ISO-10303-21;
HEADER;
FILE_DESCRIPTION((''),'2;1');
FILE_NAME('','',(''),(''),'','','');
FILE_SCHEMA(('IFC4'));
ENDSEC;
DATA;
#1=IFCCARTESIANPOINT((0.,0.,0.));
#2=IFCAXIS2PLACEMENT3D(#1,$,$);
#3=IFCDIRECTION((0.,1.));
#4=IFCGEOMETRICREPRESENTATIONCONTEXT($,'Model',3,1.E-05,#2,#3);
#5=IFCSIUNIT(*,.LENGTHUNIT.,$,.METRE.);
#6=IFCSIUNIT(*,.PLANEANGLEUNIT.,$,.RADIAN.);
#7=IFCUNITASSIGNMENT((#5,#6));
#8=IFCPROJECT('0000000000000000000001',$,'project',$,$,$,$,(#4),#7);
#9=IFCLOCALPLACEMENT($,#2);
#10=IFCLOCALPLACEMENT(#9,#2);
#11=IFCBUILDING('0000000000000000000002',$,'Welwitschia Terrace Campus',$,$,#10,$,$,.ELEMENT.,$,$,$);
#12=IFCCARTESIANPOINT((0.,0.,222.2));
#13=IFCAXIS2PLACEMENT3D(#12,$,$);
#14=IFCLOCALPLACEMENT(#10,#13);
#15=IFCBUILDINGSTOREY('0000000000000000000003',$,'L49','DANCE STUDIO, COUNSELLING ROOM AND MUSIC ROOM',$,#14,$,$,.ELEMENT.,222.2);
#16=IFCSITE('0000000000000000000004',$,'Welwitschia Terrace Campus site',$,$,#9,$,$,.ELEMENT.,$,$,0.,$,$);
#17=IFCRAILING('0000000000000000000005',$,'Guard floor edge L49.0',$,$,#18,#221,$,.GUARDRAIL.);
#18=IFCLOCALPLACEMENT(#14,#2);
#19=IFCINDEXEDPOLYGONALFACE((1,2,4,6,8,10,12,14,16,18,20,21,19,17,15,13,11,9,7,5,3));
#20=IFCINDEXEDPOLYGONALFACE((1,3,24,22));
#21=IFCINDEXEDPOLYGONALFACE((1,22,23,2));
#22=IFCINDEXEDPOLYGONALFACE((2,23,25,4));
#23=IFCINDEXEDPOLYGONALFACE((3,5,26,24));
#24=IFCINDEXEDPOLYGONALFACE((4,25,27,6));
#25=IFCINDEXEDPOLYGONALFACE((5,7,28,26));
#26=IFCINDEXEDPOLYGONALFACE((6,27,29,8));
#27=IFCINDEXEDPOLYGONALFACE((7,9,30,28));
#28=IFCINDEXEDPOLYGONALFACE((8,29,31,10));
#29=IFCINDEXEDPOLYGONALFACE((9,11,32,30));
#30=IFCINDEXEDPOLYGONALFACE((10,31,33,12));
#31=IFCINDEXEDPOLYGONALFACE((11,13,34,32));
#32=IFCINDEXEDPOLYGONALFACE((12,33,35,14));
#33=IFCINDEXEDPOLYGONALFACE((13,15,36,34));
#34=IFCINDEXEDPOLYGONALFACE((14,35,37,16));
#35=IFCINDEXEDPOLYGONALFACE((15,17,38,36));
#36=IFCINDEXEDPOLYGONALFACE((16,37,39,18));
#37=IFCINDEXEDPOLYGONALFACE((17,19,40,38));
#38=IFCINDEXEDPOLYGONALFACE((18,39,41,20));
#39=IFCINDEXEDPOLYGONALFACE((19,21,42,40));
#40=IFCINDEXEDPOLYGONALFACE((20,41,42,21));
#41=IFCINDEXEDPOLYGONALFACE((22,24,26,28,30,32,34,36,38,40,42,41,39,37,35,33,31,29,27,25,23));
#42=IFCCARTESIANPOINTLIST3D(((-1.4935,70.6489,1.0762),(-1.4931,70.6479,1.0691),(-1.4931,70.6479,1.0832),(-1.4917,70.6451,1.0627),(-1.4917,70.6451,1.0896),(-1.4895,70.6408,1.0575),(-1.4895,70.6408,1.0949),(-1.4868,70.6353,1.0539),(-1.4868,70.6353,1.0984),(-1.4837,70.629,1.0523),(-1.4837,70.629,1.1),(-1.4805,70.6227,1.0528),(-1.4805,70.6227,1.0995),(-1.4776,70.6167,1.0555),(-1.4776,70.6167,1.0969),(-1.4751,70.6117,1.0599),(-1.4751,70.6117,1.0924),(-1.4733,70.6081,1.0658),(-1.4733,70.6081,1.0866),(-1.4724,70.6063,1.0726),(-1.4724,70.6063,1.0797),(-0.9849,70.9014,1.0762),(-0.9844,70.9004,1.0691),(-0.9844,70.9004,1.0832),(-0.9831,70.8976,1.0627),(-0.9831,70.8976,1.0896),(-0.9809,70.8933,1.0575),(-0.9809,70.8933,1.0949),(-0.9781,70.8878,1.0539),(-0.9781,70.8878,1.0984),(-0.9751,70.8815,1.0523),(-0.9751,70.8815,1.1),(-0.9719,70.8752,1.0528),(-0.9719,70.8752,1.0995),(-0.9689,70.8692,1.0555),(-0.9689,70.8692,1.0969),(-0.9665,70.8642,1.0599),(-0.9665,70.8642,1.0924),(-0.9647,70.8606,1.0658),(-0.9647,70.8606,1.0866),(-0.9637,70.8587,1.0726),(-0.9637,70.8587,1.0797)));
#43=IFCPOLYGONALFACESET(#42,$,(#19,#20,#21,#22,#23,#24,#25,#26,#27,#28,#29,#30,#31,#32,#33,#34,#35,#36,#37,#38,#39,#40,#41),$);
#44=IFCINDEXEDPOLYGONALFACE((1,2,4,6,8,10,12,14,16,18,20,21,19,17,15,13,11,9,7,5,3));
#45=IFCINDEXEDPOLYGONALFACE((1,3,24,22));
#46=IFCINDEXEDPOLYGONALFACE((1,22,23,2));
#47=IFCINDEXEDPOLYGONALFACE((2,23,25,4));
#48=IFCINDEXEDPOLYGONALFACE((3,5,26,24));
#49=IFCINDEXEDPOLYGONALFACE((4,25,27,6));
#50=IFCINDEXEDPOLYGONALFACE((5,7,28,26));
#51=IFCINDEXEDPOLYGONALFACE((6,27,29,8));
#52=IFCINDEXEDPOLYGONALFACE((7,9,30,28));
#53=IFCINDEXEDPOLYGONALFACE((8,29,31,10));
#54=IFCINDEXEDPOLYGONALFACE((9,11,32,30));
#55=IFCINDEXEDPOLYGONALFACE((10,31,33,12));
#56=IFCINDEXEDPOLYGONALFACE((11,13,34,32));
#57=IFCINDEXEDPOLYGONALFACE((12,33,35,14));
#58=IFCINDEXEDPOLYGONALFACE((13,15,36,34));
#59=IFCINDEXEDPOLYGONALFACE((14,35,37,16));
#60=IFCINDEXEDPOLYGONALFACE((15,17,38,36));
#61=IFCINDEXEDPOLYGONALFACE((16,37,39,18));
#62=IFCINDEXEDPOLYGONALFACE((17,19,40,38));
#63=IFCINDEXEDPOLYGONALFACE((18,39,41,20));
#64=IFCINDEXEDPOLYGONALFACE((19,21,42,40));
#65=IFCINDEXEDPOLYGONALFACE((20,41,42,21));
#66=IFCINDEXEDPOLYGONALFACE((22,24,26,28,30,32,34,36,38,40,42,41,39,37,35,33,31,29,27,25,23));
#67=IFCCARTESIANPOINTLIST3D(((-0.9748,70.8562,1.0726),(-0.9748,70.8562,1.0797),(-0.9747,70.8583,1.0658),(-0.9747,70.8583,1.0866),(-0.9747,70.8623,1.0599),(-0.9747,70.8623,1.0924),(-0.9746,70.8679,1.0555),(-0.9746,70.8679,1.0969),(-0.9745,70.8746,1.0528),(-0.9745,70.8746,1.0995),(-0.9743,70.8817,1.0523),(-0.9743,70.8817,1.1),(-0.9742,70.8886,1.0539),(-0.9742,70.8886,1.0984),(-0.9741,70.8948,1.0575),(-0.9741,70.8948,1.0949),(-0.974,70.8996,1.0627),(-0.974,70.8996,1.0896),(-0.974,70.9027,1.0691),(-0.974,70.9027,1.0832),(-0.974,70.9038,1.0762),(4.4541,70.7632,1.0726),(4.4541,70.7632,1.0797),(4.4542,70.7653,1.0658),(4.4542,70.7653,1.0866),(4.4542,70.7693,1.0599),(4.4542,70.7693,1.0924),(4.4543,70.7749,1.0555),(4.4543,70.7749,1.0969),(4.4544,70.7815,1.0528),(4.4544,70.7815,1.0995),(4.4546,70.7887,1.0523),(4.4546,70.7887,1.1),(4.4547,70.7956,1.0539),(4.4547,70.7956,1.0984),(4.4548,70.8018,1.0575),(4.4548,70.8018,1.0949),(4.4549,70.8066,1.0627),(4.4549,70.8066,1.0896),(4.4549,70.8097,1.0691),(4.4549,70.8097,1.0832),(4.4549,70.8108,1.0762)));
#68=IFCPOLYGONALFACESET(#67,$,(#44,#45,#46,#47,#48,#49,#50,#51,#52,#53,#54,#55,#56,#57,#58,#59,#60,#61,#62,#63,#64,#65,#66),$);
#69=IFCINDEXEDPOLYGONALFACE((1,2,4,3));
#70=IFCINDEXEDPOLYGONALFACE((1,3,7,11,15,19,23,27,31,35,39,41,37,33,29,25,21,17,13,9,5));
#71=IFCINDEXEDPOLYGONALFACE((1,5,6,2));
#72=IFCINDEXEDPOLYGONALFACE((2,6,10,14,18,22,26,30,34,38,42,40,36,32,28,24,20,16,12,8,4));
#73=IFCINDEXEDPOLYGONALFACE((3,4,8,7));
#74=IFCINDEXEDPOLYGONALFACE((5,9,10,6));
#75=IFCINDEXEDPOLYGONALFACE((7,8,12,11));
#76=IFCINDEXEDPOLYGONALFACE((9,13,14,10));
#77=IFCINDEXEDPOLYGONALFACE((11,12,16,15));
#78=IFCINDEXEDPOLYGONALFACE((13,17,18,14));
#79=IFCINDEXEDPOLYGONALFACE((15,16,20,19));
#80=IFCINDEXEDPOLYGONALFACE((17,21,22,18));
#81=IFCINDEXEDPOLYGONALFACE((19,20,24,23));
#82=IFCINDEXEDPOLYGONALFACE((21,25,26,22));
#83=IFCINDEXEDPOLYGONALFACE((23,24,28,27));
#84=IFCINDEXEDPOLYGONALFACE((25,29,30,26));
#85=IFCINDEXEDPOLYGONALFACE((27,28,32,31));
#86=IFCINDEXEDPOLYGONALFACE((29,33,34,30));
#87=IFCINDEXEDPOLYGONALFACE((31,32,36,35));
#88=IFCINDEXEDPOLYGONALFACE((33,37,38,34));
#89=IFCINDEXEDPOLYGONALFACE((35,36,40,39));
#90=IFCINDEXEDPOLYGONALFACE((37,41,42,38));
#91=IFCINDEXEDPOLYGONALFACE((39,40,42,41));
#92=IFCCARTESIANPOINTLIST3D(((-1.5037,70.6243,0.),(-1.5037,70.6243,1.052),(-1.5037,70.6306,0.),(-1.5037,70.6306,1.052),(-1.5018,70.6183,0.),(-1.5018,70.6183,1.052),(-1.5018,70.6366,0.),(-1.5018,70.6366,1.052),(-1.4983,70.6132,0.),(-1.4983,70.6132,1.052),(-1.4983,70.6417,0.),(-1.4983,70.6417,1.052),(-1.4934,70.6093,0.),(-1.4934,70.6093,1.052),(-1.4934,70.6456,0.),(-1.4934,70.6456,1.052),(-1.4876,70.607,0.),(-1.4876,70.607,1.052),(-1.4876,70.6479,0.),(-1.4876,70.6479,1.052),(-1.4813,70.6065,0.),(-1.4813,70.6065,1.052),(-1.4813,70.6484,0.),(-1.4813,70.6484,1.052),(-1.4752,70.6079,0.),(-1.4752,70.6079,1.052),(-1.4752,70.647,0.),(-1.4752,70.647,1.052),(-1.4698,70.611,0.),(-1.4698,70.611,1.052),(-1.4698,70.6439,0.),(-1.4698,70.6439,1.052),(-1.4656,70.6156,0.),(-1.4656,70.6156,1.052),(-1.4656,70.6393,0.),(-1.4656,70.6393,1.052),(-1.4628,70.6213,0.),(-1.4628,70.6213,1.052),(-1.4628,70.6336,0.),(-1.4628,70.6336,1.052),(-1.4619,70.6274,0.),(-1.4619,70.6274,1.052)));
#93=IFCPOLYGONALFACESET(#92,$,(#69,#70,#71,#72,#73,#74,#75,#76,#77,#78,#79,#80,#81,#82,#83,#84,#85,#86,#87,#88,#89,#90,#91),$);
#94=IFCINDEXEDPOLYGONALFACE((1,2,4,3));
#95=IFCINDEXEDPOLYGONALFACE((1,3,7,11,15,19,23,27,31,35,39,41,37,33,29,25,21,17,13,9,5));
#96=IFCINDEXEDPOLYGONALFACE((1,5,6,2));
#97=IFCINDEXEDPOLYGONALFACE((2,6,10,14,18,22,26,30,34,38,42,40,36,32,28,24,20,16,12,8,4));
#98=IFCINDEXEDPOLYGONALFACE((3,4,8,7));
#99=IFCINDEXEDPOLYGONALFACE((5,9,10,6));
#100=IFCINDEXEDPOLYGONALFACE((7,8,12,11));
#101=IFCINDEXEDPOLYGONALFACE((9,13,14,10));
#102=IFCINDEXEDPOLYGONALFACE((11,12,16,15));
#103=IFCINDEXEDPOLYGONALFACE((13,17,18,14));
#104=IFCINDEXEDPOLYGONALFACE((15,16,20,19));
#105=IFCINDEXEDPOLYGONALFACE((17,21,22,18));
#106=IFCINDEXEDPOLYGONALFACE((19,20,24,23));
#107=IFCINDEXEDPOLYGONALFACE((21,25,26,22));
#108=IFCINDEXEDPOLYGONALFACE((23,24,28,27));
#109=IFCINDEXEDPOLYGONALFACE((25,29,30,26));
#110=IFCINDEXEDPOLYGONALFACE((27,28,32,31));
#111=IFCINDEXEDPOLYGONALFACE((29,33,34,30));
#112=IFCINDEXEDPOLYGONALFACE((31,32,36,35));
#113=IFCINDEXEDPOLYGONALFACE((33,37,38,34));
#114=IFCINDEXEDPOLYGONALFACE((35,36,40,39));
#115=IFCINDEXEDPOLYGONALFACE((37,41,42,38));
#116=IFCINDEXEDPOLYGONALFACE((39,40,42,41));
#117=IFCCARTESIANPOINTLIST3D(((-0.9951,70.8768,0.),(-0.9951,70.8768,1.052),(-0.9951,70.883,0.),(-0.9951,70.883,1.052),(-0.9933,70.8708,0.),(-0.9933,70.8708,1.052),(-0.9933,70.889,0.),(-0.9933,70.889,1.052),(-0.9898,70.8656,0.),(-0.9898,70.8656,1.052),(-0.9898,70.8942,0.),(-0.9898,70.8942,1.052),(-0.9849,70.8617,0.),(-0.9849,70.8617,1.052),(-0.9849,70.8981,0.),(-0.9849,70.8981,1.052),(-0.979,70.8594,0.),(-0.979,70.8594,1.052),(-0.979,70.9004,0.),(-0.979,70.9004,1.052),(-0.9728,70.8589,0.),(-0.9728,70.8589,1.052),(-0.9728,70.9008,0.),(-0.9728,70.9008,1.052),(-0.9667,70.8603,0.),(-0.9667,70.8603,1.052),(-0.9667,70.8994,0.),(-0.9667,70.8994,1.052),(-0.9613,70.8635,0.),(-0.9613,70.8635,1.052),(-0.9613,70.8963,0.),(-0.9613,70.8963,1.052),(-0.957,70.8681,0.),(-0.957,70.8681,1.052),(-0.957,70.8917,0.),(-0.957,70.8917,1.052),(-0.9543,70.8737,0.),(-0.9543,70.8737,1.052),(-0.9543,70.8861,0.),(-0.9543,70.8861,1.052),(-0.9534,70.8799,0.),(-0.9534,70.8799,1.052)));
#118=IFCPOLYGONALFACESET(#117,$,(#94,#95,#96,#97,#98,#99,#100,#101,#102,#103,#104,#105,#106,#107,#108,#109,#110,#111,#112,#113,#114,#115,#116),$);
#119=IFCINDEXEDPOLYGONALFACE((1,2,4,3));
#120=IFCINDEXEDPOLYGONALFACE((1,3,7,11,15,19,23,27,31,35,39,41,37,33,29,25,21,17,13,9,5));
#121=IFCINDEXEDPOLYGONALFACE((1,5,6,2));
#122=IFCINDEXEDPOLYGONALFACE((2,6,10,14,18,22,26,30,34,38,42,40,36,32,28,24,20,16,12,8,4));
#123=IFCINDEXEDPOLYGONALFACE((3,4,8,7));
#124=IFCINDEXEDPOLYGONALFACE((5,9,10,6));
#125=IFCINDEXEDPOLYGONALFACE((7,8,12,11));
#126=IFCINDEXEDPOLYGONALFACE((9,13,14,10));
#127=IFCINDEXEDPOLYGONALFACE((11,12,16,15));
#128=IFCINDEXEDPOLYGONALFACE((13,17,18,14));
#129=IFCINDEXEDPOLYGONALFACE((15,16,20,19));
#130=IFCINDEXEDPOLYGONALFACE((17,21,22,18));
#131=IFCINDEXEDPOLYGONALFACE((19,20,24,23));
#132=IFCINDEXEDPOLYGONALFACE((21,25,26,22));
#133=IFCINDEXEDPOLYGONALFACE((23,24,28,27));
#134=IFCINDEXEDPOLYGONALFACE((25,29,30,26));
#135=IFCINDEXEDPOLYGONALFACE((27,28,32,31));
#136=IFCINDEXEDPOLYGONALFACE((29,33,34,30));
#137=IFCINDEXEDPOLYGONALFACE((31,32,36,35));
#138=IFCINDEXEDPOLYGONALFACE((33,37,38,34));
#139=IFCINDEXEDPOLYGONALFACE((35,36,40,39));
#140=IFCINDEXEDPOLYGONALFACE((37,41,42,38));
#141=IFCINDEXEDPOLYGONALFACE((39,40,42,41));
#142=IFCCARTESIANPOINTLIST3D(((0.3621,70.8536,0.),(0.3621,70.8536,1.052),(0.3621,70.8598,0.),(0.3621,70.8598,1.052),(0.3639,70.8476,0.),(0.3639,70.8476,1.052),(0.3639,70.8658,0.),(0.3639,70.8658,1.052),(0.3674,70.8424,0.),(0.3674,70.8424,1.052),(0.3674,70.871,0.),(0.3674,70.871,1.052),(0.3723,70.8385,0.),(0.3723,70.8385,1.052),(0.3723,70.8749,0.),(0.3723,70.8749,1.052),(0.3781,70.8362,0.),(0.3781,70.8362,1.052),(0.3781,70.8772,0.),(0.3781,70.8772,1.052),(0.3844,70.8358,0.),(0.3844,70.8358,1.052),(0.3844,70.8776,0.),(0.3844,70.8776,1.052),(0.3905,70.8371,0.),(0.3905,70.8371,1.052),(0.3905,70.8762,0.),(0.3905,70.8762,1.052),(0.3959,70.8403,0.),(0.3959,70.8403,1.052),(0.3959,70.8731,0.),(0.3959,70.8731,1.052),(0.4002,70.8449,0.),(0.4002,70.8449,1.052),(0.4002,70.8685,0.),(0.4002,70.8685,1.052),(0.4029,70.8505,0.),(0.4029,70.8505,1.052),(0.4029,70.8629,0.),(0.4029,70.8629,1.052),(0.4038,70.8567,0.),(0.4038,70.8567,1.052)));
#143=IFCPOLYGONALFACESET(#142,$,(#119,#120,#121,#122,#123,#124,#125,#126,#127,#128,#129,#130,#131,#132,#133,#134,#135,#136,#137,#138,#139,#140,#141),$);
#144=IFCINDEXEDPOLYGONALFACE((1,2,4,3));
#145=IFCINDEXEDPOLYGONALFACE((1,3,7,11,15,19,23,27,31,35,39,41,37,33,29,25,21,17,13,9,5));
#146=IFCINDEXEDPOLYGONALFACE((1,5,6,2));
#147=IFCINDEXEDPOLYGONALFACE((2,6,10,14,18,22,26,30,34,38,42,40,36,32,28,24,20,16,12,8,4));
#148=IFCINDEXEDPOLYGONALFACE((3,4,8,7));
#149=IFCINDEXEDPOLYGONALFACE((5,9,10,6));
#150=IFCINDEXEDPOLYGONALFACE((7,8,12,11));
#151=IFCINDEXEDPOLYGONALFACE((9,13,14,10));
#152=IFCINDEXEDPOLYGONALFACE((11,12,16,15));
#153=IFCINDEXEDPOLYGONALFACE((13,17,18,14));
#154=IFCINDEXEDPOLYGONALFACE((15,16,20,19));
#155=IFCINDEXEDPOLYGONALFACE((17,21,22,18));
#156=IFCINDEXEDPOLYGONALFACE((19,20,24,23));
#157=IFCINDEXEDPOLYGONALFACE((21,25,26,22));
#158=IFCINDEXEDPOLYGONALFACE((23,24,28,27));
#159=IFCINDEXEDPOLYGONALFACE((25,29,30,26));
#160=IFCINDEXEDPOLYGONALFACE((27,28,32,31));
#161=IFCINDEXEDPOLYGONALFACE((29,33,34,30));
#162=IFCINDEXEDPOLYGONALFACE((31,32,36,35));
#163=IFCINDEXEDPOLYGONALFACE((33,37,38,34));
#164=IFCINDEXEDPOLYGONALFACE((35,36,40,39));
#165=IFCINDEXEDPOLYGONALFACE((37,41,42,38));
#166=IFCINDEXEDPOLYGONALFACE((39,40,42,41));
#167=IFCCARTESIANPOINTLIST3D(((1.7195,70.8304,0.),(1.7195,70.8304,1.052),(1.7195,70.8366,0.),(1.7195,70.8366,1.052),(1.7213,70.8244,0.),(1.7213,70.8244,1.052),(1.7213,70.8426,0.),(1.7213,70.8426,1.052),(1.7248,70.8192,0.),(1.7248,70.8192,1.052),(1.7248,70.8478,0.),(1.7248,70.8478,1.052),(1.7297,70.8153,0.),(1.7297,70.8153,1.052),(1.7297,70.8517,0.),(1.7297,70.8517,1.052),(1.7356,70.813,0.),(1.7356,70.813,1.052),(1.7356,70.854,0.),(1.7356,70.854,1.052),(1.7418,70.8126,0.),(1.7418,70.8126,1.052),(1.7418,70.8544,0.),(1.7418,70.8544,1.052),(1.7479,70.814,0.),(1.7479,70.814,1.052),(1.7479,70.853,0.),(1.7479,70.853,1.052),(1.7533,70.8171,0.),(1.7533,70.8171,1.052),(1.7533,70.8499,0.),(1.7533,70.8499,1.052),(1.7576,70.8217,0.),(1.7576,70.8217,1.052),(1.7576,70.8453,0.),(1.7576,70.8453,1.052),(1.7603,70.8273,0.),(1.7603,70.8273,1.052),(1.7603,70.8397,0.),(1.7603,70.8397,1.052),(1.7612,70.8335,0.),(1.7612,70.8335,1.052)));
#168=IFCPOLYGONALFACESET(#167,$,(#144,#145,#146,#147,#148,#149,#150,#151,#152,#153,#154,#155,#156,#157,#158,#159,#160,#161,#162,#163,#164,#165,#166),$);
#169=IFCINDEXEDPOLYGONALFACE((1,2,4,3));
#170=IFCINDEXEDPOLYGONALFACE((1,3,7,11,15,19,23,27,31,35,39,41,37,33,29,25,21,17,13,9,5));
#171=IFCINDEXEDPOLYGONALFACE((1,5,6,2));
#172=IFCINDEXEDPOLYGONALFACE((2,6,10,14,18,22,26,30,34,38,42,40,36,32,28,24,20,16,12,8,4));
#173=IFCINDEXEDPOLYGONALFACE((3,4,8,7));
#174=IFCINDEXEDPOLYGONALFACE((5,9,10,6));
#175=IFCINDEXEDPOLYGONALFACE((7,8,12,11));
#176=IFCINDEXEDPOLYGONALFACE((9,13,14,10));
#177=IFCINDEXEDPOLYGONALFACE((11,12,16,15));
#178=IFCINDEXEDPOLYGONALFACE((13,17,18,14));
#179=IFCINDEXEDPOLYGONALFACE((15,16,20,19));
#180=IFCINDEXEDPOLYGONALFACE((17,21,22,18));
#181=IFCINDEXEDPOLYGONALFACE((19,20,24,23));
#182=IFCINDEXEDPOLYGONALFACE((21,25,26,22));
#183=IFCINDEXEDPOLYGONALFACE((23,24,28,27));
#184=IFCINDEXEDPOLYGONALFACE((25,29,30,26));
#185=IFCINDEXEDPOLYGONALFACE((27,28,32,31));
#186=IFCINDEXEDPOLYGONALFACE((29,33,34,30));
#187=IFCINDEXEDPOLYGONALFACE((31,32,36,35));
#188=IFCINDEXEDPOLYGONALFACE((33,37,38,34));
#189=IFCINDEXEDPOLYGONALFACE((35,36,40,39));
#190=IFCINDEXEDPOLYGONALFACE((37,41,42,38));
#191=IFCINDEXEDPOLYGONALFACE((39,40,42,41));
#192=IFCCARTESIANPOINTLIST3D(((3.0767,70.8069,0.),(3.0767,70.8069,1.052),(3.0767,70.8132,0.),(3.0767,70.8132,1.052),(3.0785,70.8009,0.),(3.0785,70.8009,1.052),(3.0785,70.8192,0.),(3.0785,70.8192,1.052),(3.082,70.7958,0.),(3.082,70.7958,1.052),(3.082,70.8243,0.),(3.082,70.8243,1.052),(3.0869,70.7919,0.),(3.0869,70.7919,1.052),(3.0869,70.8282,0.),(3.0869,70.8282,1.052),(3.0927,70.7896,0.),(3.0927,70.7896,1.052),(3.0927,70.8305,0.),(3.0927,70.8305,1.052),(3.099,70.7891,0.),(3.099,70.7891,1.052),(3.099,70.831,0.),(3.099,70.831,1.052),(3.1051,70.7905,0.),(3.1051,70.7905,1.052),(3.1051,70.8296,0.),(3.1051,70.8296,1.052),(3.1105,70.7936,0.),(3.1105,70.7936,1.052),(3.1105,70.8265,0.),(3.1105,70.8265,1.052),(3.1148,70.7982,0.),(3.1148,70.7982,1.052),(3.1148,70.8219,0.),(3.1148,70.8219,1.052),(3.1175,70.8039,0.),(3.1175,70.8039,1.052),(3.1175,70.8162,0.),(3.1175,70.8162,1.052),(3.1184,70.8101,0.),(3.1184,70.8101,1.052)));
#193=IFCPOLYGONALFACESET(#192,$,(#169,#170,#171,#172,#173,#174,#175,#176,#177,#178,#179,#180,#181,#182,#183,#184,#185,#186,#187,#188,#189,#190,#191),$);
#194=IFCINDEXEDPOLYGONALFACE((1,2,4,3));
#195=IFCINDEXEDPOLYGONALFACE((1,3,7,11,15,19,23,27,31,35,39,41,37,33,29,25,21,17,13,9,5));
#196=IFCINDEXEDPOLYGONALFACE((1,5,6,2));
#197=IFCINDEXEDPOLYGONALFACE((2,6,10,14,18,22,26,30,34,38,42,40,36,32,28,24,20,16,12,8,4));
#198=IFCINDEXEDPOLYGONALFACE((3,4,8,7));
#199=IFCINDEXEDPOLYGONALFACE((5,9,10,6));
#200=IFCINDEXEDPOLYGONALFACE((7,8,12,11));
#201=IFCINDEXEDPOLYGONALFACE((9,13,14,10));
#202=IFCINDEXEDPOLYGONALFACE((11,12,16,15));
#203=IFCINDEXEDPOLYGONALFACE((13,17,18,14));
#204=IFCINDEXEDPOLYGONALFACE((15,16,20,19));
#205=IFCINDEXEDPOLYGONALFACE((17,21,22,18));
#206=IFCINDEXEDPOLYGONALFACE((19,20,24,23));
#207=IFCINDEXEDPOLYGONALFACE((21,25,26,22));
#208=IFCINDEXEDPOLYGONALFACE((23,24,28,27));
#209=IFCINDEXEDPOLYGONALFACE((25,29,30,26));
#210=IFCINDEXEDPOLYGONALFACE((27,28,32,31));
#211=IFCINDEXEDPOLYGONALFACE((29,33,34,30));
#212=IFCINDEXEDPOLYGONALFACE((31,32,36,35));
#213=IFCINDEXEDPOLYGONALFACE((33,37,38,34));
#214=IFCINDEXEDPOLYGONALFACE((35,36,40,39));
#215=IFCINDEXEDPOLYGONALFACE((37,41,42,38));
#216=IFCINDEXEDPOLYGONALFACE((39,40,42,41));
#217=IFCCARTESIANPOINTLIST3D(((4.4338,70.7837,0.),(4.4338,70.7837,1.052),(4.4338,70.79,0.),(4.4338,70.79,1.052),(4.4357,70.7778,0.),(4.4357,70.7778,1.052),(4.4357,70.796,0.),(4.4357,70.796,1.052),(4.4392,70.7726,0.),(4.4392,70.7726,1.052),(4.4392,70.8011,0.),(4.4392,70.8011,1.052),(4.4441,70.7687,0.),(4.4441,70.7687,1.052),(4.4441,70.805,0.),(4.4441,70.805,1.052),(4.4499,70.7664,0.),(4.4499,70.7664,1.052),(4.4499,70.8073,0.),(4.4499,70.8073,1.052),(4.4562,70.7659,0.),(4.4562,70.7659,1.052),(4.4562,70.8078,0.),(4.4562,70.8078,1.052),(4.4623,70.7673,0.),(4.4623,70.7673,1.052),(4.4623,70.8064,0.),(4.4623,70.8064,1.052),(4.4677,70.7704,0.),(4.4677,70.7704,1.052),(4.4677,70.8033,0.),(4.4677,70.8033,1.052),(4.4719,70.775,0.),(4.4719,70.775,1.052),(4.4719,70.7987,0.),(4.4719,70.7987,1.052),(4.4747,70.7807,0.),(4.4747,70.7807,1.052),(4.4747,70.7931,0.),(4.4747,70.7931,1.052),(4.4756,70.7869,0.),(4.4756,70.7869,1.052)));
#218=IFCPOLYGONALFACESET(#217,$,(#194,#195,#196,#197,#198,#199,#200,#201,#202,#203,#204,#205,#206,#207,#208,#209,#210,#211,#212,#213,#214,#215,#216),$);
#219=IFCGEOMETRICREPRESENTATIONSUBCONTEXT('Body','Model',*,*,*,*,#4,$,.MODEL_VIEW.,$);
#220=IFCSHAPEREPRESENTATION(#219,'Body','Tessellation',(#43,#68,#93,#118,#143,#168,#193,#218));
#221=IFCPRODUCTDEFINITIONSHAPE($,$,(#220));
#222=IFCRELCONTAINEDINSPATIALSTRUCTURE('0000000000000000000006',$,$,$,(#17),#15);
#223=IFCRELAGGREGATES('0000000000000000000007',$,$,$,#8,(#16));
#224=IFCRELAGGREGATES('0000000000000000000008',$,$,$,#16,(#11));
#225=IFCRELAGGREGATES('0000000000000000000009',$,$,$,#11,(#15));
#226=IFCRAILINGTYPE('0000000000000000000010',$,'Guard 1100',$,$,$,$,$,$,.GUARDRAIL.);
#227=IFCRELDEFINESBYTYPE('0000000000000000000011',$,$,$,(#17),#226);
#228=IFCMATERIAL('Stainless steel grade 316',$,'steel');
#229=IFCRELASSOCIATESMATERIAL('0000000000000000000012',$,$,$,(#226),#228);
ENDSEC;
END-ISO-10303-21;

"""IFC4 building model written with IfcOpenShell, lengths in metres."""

from ifc_helpers import new_model, si_unit, direction, frame, origin, origin_2d, place, context, subcontext, project, spatial, circle, extrude, material, type_object, element, save


model = new_model("IFC4")

# Units and contexts
model_context = context("Model", 3, precision=1e-05, world=origin(), true_north=direction((0.0, 1.0)))
body_context = subcontext(model_context, "Body", "Model", "MODEL_VIEW")
ifc_project = project(units=[si_unit("LENGTHUNIT", "METRE"), si_unit("PLANEANGLEUNIT", "RADIAN")], contexts=[model_context])

# Site, building, storey
site_placement = place(None, origin())
site = spatial("IfcSite", under=ifc_project, at=site_placement, Name="Welwitschia Terrace Campus site", CompositionType="ELEMENT", RefElevation=0.0)
building_placement = place(site_placement, origin())
building = spatial("IfcBuilding", under=site, at=building_placement, Name="Welwitschia Terrace Campus", CompositionType="ELEMENT")
storey_placement = place(building_placement, frame((0.0, 0.0, 222.2)))
storey = spatial("IfcBuildingStorey", under=building, at=storey_placement, Name="L49", Description="DANCE STUDIO, COUNSELLING ROOM AND MUSIC ROOM", CompositionType="ELEMENT", Elevation=222.2)

# Railing
ifc_material_1 = material(Name="Stainless steel grade 316", Category="steel")
railing_type = type_object("IfcRailingType", Name="Guard 1100", PredefinedType="GUARDRAIL", material=ifc_material_1)
railing_1_placement = place(storey_placement, frame((-1.4829, 70.6274, 0.0)))
element("IfcRailing", 1, at=railing_1_placement, inside=storey, type_object=railing_type, Name="Guard floor edge L49.0", PredefinedType="GUARDRAIL", context=body_context, shape_type="SweptSolid", body=[
    extrude(circle(Radius=0.0239, at=origin_2d()), frame((0.0, 0.0, 1.0762), z_axis=(0.895714, 0.444632, 0.0), x_axis=(-0.444632, 0.895714, 0.0)), (0.0, 0.0, 1.0), 0.5679),
    extrude(circle(Radius=0.0239, at=origin_2d()), frame((0.5085, 0.2524, 1.0762), z_axis=(0.999853, -0.017131, 0.0), x_axis=(0.017131, 0.999853, 0.0)), (0.0, 0.0, 1.0), 5.4297),
    extrude(circle(Radius=0.021, at=origin_2d()), origin(), (0.0, 0.0, 1.0), 1.052),
    extrude(circle(Radius=0.021, at=origin_2d()), frame((0.5085, 0.2524, 0.0)), (0.0, 0.0, 1.0), 1.052),
    extrude(circle(Radius=0.021, at=origin_2d()), frame((1.8657, 0.2292, 0.0)), (0.0, 0.0, 1.0), 1.052),
    extrude(circle(Radius=0.021, at=origin_2d()), frame((3.2231, 0.2061, 0.0)), (0.0, 0.0, 1.0), 1.052),
    extrude(circle(Radius=0.021, at=origin_2d()), frame((4.5803, 0.1826, 0.0)), (0.0, 0.0, 1.0), 1.052),
    extrude(circle(Radius=0.021, at=origin_2d()), frame((5.9375, 0.1594, 0.0)), (0.0, 0.0, 1.0), 1.052),
])

save(model, "model.ifc")
